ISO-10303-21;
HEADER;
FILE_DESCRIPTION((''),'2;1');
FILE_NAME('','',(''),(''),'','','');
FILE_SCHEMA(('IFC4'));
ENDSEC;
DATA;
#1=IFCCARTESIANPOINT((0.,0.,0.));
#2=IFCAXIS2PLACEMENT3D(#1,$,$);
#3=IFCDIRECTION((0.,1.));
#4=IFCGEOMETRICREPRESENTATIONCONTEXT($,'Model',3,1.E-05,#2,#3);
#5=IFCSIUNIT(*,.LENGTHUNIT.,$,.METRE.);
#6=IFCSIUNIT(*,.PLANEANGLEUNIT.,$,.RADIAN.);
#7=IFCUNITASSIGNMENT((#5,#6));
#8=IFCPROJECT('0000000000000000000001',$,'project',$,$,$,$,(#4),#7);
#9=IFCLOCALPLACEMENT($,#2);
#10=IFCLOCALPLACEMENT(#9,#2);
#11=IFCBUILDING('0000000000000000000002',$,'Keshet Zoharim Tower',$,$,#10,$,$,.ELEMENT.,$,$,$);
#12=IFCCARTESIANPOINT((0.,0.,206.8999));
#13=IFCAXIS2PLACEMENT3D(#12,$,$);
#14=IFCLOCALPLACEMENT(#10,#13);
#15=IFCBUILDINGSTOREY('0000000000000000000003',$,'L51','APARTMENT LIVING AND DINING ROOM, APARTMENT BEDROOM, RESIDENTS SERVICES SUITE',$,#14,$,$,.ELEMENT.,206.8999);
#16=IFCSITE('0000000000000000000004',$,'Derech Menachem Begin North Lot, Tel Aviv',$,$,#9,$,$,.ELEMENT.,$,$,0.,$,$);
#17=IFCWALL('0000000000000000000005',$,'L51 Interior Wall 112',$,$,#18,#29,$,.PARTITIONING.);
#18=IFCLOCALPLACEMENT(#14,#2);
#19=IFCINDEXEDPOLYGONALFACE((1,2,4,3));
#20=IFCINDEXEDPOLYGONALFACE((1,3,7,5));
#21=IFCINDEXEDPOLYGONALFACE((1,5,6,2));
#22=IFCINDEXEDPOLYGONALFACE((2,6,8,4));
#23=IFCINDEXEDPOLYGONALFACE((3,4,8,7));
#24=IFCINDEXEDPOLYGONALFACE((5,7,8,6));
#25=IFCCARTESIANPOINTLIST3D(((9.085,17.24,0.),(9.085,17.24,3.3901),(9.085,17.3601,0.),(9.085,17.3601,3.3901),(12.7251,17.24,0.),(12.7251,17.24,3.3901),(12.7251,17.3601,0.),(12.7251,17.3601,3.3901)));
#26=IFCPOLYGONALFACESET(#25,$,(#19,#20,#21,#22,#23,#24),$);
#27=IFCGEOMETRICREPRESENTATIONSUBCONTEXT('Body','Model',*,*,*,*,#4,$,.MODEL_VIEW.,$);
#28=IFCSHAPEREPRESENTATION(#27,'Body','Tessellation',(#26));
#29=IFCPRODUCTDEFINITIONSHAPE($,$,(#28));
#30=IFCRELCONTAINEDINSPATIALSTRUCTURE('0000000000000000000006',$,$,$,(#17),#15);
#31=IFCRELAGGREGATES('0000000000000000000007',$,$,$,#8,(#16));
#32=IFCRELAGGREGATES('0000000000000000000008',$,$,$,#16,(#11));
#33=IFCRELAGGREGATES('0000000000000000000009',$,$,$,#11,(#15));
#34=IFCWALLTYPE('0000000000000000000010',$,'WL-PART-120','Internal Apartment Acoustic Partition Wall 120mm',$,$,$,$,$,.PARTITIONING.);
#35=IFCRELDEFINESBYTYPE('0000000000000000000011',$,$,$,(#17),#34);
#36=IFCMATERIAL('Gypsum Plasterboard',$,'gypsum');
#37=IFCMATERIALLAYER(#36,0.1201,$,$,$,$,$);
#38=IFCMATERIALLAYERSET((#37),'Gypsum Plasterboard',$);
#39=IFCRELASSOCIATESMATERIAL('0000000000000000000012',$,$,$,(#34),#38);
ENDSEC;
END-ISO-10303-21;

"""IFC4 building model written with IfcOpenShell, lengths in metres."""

from ifc_helpers import new_model, si_unit, direction, frame, frame_2d, origin, place, context, subcontext, project, spatial, rectangle, extrude, material, layer, layer_set, type_object, element, save


model = new_model("IFC4")

# Units and contexts
model_context = context("Model", 3, precision=1e-05, world=origin(), true_north=direction((0.0, 1.0)))
body_context = subcontext(model_context, "Body", "Model", "MODEL_VIEW")
ifc_project = project(units=[si_unit("LENGTHUNIT", "METRE"), si_unit("PLANEANGLEUNIT", "RADIAN")], contexts=[model_context])

# Site, building, storey
site_placement = place(None, origin())
site = spatial("IfcSite", under=ifc_project, at=site_placement, Name="Derech Menachem Begin North Lot, Tel Aviv", CompositionType="ELEMENT", RefElevation=0.0)
building_placement = place(site_placement, origin())
building = spatial("IfcBuilding", under=site, at=building_placement, Name="Keshet Zoharim Tower", CompositionType="ELEMENT")
storey_placement = place(building_placement, frame((0.0, 0.0, 206.8999)))
storey = spatial("IfcBuildingStorey", under=building, at=storey_placement, Name="L51", Description="APARTMENT LIVING AND DINING ROOM, APARTMENT BEDROOM, RESIDENTS SERVICES SUITE", CompositionType="ELEMENT", Elevation=206.8999)

# Shared definitions
ifc_material_1 = material(Name="Gypsum Plasterboard", Category="gypsum")

# Wall
ifc_layer_1 = layer(ifc_material_1, 0.1201)
ifc_layer_set_1 = layer_set([ifc_layer_1], Name="Gypsum Plasterboard")
wall_type_1 = type_object("IfcWallType", Name="WL-PART-120", Description="Internal Apartment Acoustic Partition Wall 120mm", PredefinedType="PARTITIONING", material=ifc_layer_set_1)
wall_1_placement = place(storey_placement, frame((9.085, 17.3, 0.0), z_axis=(0.0, 0.0, 1.0), x_axis=(1.0, 0.0, 0.0)))
element("IfcWall", 1, at=wall_1_placement, inside=storey, type_object=wall_type_1, Name="L51 Interior Wall 112", PredefinedType="PARTITIONING", context=body_context, shape_type="SweptSolid", body=[
    extrude(rectangle(XDim=3.6401, YDim=0.1201, at=frame_2d((1.8201, 0.0))), origin(), (0.0, 0.0, 1.0), 3.3901),
])

save(model, "model.ifc")
